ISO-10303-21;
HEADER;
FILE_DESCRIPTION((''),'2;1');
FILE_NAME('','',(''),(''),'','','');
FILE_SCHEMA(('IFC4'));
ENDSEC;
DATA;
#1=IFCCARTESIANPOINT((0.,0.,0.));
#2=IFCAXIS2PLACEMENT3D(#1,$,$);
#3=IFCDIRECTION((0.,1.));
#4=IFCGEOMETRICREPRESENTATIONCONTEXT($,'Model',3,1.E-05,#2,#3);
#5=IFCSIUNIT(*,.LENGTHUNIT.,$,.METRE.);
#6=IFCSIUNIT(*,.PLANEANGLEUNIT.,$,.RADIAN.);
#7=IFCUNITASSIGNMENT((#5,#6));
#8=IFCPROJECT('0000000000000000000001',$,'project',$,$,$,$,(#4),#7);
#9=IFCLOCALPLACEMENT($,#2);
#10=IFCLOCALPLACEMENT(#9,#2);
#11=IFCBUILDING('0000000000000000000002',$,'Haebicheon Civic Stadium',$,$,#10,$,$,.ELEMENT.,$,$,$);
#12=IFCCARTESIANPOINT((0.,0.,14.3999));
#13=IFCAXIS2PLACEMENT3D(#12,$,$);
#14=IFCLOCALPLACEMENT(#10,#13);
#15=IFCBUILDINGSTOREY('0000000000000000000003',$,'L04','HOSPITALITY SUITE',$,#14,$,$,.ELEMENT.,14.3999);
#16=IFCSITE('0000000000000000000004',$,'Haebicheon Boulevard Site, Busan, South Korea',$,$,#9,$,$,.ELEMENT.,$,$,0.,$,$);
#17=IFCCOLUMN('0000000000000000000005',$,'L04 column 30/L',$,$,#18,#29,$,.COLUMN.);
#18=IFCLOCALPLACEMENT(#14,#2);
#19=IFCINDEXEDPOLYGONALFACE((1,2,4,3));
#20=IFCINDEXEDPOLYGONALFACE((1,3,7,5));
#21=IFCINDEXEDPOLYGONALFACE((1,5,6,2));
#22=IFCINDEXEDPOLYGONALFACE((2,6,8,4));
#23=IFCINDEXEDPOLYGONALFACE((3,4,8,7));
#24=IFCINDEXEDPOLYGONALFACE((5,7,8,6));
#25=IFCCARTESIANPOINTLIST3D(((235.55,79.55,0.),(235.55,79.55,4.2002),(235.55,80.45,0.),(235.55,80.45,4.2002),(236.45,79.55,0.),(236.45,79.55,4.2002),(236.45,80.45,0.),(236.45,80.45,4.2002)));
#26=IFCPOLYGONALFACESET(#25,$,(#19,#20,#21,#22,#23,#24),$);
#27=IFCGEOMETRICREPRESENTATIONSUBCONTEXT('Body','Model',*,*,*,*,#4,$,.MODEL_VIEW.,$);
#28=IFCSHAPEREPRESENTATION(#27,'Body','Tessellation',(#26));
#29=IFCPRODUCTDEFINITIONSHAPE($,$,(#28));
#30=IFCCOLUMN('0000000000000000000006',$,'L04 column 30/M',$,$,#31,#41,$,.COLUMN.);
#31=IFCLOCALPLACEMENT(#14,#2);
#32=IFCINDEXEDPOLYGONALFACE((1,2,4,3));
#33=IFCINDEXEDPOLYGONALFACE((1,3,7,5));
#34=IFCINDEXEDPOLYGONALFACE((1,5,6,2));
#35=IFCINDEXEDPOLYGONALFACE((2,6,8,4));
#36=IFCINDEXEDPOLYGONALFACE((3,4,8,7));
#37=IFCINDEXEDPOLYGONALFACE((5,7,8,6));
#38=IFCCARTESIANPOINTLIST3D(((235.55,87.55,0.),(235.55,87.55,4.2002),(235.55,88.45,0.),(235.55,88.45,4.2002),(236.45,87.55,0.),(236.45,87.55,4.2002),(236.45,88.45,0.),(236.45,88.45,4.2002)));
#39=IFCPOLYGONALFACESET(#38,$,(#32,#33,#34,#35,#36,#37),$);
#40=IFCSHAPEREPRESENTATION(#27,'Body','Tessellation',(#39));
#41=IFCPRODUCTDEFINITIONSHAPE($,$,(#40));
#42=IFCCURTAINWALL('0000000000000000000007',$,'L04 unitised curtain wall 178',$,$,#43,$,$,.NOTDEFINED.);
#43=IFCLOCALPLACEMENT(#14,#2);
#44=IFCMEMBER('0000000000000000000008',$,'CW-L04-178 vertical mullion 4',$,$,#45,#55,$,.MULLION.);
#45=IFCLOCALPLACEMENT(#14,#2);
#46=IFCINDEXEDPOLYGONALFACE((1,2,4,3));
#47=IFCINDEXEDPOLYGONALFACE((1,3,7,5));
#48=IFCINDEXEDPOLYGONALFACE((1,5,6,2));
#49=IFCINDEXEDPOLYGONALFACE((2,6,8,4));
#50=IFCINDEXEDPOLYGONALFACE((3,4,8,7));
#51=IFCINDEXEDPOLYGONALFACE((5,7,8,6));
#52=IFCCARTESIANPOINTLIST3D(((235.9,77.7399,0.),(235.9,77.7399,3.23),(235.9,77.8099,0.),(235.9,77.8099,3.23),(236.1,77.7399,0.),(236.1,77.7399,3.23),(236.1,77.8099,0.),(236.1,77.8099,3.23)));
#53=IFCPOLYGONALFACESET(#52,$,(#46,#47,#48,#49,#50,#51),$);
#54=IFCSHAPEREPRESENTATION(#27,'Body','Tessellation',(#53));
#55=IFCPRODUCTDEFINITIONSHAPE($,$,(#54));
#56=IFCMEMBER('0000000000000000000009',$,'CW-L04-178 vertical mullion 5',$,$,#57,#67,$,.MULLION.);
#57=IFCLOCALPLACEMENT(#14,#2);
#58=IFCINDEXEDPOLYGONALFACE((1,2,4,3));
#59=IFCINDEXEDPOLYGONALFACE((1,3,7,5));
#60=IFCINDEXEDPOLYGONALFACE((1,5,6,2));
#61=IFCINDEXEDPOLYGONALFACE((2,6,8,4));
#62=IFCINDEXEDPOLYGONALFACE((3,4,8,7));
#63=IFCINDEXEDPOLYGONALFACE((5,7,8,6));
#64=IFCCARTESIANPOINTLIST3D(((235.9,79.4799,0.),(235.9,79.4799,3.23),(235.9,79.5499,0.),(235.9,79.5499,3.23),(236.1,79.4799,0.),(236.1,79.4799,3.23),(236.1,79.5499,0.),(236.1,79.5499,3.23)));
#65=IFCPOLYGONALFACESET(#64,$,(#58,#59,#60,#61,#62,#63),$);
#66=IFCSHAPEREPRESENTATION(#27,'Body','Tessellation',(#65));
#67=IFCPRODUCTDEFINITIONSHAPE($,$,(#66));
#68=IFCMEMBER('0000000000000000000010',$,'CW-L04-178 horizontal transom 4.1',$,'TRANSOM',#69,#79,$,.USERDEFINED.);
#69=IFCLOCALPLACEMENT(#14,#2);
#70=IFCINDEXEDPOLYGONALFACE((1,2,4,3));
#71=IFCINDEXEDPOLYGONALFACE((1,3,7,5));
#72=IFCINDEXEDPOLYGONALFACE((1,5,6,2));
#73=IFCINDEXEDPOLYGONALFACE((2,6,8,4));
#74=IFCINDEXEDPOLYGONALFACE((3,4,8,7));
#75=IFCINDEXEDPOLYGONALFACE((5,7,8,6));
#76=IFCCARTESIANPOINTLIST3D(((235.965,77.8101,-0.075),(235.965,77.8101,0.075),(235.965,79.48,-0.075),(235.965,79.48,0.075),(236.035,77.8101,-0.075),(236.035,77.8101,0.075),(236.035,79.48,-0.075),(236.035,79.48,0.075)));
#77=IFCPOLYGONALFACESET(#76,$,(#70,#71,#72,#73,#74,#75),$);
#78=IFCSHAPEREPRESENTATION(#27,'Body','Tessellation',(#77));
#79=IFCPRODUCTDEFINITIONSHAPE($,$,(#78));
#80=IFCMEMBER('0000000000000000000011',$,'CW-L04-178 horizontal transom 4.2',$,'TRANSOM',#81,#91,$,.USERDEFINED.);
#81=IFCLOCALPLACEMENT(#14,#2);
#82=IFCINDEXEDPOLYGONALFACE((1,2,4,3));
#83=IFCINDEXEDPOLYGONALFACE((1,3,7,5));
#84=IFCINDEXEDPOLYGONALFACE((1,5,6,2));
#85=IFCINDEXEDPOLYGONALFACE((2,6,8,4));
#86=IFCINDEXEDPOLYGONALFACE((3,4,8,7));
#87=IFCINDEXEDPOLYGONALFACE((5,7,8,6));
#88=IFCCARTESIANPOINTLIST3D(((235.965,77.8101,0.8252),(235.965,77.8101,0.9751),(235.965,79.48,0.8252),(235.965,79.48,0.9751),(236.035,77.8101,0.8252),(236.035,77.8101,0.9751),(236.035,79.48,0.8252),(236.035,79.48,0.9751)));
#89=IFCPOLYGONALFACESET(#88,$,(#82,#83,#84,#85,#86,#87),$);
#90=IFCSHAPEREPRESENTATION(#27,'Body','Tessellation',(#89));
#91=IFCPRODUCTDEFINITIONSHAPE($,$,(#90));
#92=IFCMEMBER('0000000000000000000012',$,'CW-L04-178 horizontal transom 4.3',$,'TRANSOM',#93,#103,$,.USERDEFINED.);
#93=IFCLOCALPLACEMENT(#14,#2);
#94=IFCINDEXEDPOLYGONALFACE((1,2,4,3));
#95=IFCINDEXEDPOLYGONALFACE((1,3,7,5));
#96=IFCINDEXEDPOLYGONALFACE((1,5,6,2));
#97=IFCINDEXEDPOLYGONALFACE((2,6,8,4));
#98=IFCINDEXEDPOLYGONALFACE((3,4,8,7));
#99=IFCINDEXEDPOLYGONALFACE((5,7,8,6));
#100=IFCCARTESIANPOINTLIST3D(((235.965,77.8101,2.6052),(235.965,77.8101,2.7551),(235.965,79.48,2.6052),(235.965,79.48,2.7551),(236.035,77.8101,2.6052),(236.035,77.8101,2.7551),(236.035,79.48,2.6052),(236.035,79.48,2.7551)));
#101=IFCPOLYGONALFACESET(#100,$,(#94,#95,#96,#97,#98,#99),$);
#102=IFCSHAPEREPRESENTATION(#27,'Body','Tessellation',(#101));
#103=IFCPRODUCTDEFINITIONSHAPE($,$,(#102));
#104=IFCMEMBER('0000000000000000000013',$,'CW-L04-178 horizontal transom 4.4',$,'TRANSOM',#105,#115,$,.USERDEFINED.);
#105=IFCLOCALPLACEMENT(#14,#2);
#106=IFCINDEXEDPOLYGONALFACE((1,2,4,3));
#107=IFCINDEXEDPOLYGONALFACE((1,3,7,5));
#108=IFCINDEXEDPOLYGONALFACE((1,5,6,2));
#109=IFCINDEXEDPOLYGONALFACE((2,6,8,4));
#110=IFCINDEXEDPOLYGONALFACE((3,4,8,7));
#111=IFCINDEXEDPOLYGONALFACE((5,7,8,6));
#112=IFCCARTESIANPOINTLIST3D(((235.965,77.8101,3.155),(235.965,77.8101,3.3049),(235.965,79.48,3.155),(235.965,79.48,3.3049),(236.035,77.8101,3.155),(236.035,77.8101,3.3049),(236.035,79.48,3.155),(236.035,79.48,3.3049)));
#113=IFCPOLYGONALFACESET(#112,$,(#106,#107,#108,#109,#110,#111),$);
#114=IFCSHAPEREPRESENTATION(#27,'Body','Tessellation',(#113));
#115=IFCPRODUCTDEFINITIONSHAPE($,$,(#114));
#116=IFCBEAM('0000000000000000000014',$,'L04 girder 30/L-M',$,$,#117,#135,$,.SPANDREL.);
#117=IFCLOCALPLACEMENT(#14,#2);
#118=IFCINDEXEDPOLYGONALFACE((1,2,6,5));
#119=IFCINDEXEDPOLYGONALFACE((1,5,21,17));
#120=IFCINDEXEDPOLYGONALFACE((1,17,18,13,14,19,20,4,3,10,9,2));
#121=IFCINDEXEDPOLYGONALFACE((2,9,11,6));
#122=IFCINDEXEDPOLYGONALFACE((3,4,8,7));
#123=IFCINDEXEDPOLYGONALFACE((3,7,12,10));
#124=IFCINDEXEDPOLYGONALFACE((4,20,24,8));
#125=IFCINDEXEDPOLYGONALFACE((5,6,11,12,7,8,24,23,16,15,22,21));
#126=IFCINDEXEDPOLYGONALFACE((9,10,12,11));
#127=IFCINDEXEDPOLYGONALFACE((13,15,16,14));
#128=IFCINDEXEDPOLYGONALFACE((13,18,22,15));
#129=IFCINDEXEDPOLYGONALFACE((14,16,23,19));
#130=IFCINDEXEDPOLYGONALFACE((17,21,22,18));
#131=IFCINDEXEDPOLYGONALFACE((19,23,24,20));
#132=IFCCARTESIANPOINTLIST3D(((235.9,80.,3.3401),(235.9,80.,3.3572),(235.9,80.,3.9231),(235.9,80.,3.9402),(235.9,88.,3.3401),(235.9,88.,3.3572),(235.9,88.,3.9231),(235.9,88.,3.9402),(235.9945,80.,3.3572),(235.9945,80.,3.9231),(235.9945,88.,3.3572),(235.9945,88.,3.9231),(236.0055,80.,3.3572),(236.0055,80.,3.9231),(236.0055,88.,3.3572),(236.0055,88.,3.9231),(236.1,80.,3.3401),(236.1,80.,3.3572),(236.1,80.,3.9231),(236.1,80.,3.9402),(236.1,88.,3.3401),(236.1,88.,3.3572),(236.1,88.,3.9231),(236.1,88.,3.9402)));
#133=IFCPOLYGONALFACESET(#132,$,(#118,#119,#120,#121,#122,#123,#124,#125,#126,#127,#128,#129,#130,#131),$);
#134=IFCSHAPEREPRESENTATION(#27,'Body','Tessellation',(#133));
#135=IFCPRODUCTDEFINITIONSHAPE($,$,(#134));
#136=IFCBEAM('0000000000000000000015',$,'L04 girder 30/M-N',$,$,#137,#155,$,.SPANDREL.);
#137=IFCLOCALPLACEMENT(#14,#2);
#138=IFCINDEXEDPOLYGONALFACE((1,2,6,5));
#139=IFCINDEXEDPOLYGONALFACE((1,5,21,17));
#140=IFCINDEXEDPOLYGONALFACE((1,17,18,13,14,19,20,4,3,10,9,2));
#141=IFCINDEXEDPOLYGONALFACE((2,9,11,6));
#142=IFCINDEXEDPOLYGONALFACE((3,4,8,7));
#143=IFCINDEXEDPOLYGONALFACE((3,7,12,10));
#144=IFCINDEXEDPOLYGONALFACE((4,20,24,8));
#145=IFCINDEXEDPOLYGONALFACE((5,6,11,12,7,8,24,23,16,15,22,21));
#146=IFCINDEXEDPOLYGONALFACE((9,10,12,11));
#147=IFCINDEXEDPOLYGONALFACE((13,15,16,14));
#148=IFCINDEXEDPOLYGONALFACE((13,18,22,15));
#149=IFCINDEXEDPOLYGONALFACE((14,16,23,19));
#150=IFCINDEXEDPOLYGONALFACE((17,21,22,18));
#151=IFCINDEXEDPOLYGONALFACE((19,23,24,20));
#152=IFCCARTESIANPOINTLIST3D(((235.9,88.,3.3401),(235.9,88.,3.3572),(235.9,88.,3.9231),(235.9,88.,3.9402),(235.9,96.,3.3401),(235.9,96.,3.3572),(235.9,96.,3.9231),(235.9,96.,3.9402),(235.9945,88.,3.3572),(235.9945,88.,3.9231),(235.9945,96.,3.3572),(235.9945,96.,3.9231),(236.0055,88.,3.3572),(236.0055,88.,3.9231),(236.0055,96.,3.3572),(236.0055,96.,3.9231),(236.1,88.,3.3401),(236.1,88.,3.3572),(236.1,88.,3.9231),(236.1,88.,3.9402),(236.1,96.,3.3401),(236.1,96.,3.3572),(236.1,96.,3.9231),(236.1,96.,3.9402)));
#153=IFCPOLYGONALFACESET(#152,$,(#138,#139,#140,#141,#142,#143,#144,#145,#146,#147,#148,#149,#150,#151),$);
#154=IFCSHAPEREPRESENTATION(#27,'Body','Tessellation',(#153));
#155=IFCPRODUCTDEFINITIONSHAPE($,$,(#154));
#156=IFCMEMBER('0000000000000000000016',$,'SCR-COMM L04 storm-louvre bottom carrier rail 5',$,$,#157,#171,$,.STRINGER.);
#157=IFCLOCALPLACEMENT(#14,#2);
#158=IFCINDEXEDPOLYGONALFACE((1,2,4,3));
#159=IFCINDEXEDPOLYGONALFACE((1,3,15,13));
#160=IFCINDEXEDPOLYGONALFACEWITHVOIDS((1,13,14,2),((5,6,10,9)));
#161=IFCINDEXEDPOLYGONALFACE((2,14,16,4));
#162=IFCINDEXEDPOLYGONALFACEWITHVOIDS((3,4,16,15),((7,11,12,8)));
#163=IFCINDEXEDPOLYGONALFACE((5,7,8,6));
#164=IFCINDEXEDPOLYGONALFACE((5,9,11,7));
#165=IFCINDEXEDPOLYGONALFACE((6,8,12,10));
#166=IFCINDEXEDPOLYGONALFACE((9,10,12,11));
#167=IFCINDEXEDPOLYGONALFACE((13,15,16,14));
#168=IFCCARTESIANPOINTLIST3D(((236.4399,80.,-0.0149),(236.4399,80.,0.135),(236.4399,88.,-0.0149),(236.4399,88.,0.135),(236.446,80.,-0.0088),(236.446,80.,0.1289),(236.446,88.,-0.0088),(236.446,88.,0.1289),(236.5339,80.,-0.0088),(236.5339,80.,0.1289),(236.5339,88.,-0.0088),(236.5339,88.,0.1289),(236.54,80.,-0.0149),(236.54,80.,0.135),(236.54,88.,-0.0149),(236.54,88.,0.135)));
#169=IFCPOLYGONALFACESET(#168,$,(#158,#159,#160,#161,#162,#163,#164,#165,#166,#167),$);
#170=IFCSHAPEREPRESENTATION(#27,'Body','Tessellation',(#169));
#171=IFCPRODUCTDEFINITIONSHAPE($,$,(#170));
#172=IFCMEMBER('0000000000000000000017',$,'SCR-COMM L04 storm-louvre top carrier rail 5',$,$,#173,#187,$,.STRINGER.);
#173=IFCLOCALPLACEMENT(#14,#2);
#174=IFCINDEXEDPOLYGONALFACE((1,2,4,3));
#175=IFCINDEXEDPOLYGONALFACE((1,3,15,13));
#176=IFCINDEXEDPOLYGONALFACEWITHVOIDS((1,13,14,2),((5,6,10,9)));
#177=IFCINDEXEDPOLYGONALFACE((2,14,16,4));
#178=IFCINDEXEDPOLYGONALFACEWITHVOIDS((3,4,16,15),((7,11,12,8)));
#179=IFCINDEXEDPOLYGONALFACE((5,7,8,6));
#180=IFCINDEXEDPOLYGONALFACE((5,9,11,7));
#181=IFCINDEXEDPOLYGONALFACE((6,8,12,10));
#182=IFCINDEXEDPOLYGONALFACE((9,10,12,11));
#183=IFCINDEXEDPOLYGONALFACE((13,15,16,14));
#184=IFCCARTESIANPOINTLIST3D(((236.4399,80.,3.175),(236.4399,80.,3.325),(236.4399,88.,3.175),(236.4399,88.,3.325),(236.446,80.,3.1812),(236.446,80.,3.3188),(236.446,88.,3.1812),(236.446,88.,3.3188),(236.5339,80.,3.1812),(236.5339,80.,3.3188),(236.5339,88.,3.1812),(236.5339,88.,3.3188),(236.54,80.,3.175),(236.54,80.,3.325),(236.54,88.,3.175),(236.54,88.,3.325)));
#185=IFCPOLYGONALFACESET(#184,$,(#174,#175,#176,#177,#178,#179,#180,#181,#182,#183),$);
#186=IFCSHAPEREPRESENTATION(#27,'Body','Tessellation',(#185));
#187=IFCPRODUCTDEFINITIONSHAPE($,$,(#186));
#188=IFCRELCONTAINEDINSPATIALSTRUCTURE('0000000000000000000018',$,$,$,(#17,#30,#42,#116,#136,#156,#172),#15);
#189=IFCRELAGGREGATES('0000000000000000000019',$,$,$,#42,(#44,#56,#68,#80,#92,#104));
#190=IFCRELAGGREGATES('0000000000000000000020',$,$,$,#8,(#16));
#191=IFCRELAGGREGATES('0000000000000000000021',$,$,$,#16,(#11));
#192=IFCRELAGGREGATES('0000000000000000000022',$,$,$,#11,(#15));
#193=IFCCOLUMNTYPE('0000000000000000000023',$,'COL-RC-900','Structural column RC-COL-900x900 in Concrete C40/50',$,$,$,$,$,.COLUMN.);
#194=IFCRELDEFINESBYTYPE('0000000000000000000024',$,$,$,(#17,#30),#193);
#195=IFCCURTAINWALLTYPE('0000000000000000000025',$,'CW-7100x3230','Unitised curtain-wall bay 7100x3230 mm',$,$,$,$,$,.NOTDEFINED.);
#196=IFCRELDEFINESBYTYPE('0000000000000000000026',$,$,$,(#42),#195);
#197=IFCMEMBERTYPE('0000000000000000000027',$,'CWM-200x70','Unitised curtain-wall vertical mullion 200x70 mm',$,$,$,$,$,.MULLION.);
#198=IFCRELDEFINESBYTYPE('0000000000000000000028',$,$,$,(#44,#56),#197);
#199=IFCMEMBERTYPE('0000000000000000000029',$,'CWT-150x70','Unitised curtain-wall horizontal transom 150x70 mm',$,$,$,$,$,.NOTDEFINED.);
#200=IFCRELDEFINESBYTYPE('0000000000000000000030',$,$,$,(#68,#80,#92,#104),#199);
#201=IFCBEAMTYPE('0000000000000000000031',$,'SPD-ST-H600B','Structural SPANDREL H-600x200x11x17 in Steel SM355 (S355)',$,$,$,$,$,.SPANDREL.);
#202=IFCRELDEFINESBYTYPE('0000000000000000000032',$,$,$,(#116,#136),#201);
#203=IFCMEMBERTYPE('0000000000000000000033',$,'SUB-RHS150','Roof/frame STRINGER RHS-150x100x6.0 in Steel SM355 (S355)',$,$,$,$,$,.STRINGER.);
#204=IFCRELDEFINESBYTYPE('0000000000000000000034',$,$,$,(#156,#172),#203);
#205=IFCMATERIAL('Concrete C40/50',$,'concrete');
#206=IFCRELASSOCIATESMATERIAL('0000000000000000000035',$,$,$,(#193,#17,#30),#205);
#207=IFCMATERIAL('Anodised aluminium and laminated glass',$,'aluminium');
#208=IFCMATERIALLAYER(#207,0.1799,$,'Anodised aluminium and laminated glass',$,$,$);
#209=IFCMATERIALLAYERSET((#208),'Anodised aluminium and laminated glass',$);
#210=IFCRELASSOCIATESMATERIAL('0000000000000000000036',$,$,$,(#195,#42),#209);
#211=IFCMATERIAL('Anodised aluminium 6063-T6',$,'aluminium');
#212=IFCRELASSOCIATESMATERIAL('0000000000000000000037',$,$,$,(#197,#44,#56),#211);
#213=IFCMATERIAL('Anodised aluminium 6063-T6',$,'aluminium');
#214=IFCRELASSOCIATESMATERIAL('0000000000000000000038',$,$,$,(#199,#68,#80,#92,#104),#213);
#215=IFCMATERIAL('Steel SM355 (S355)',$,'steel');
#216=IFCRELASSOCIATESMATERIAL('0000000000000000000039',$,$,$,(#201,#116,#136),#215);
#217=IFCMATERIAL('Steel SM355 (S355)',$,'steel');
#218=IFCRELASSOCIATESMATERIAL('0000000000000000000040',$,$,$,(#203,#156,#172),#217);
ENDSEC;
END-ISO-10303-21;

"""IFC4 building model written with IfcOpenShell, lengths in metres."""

from ifc_helpers import new_model, si_unit, direction, frame, origin, origin_2d, place, context, subcontext, project, spatial, rectangle, hollow_rectangle, i_section, extrude, material, layer, layer_set, material_profile, profile_set, type_object, element, aggregate, save


model = new_model("IFC4")

# Units and contexts
model_context = context("Model", 3, precision=1e-05, world=origin(), true_north=direction((0.0, 1.0)))
body_context = subcontext(model_context, "Body", "Model", "MODEL_VIEW")
ifc_project = project(units=[si_unit("LENGTHUNIT", "METRE"), si_unit("PLANEANGLEUNIT", "RADIAN")], contexts=[model_context])

# Site, building, storey
site_placement = place(None, origin())
site = spatial("IfcSite", under=ifc_project, at=site_placement, Name="Haebicheon Boulevard Site, Busan, South Korea", CompositionType="ELEMENT", RefElevation=0.0)
building_placement = place(site_placement, origin())
building = spatial("IfcBuilding", under=site, at=building_placement, Name="Haebicheon Civic Stadium", CompositionType="ELEMENT")
storey_placement = place(building_placement, frame((0.0, 0.0, 14.3999)))
storey = spatial("IfcBuildingStorey", under=building, at=storey_placement, Name="L04", Description="HOSPITALITY SUITE", CompositionType="ELEMENT", Elevation=14.3999)

# Columns
ifc_material_1 = material(Name="Concrete C40/50", Category="concrete")
ifc_material_profile_1 = material_profile(ifc_material_1, rectangle(XDim=0.8999, YDim=0.8999, at=origin_2d()), Name="RC-COL-900x900")
ifc_profile_set_1 = profile_set([ifc_material_profile_1], Name="Concrete C40/50")
column_type = type_object("IfcColumnType", Name="COL-RC-900", Description="Structural column RC-COL-900x900 in Concrete C40/50", PredefinedType="COLUMN", material=ifc_profile_set_1)
for number, where, z_axis, x_axis, name in (
    (1, (236.0, 80.0, 0.0), (0.0, 0.0, 1.0), (1.0, 0.0, 0.0), "L04 column 30/L"),
    (2, (236.0, 88.0, 0.0), (0.0, 0.0, 1.0), (1.0, 0.0, 0.0), "L04 column 30/M"),
):
    element("IfcColumn", number, at=place(storey_placement, frame(where, z_axis=z_axis, x_axis=x_axis)), inside=storey, type_object=column_type, material=ifc_profile_set_1, Name=name, PredefinedType="COLUMN", context=body_context, shape_type="SweptSolid", body=[
        extrude(rectangle(XDim=0.8999, YDim=0.8999, at=origin_2d()), origin(), (0.0, 0.0, 1.0), 4.2002),
    ])

# Curtain wall, members
ifc_material_2 = material(Name="Anodised aluminium and laminated glass", Category="aluminium")
ifc_layer_1 = layer(ifc_material_2, 0.1799, Name="Anodised aluminium and laminated glass")
ifc_layer_set_1 = layer_set([ifc_layer_1], Name="Anodised aluminium and laminated glass")
curtain_wall_type = type_object("IfcCurtainWallType", Name="CW-7100x3230", Description="Unitised curtain-wall bay 7100x3230 mm", PredefinedType="NOTDEFINED", material=ifc_layer_set_1)
curtain_wall_placement = place(storey_placement, origin())
curtain_wall = element("IfcCurtainWall", 3, at=curtain_wall_placement, inside=storey, type_object=curtain_wall_type, material=ifc_layer_set_1, Name="L04 unitised curtain wall 178", PredefinedType="NOTDEFINED")
ifc_material_3 = material(Name="Anodised aluminium 6063-T6", Category="aluminium")
ifc_material_profile_2 = material_profile(ifc_material_3, rectangle(XDim=0.0701, YDim=0.2, at=origin_2d()), Name="ALU-MULL-70x200")
ifc_profile_set_2 = profile_set([ifc_material_profile_2], Name="Anodised aluminium 6063-T6")
member_type_1 = type_object("IfcMemberType", Name="CWM-200x70", Description="Unitised curtain-wall vertical mullion 200x70 mm", PredefinedType="MULLION", material=ifc_profile_set_2)
member_1_placement = place(storey_placement, frame((236.0, 77.7749, 0.0), z_axis=(0.0, 0.0, 1.0), x_axis=(0.0, 1.0, 0.0)))
member_1 = element("IfcMember", 4, at=member_1_placement, type_object=member_type_1, material=ifc_profile_set_2, Name="CW-L04-178 vertical mullion 4", PredefinedType="MULLION", context=body_context, shape_type="SweptSolid", body=[
    extrude(rectangle(XDim=0.0701, YDim=0.2, at=origin_2d()), origin(), (0.0, 0.0, 1.0), 3.23),
])
member_2_placement = place(storey_placement, frame((236.0, 79.5149, 0.0), z_axis=(0.0, 0.0, 1.0), x_axis=(0.0, 1.0, 0.0)))
member_2 = element("IfcMember", 5, at=member_2_placement, type_object=member_type_1, material=ifc_profile_set_2, Name="CW-L04-178 vertical mullion 5", PredefinedType="MULLION", context=body_context, shape_type="SweptSolid", body=[
    extrude(rectangle(XDim=0.0701, YDim=0.2, at=origin_2d()), origin(), (0.0, 0.0, 1.0), 3.23),
])
ifc_material_4 = material(Name="Anodised aluminium 6063-T6", Category="aluminium")
ifc_material_profile_3 = material_profile(ifc_material_4, rectangle(XDim=0.0701, YDim=0.1499, at=origin_2d()), Name="ALU-TRAN-70x150")
ifc_profile_set_3 = profile_set([ifc_material_profile_3], Name="Anodised aluminium 6063-T6")
member_type_2 = type_object("IfcMemberType", Name="CWT-150x70", Description="Unitised curtain-wall horizontal transom 150x70 mm", PredefinedType="NOTDEFINED", material=ifc_profile_set_3)
member_3_placement = place(storey_placement, frame((236.0, 77.8101, 0.0), z_axis=(0.0, 1.0, 0.0), x_axis=(-1.0, 0.0, 0.0)))
member_3 = element("IfcMember", 6, at=member_3_placement, type_object=member_type_2, material=ifc_profile_set_3, Name="CW-L04-178 horizontal transom 4.1", ObjectType="TRANSOM", PredefinedType="USERDEFINED", context=body_context, shape_type="SweptSolid", body=[
    extrude(rectangle(XDim=0.0701, YDim=0.1499, at=origin_2d()), origin(), (0.0, 0.0, 1.0), 1.6699),
])
member_4_placement = place(storey_placement, frame((236.0, 77.8101, 0.9001), z_axis=(0.0, 1.0, 0.0), x_axis=(-1.0, 0.0, 0.0)))
member_4 = element("IfcMember", 7, at=member_4_placement, type_object=member_type_2, material=ifc_profile_set_3, Name="CW-L04-178 horizontal transom 4.2", ObjectType="TRANSOM", PredefinedType="USERDEFINED", context=body_context, shape_type="SweptSolid", body=[
    extrude(rectangle(XDim=0.0701, YDim=0.1499, at=origin_2d()), origin(), (0.0, 0.0, 1.0), 1.6699),
])
member_5_placement = place(storey_placement, frame((236.0, 77.8101, 2.6802), z_axis=(0.0, 1.0, 0.0), x_axis=(-1.0, 0.0, 0.0)))
member_5 = element("IfcMember", 8, at=member_5_placement, type_object=member_type_2, material=ifc_profile_set_3, Name="CW-L04-178 horizontal transom 4.3", ObjectType="TRANSOM", PredefinedType="USERDEFINED", context=body_context, shape_type="SweptSolid", body=[
    extrude(rectangle(XDim=0.0701, YDim=0.1499, at=origin_2d()), origin(), (0.0, 0.0, 1.0), 1.6699),
])
member_6_placement = place(storey_placement, frame((236.0, 77.8101, 3.23), z_axis=(0.0, 1.0, 0.0), x_axis=(-1.0, 0.0, 0.0)))
member_6 = element("IfcMember", 9, at=member_6_placement, type_object=member_type_2, material=ifc_profile_set_3, Name="CW-L04-178 horizontal transom 4.4", ObjectType="TRANSOM", PredefinedType="USERDEFINED", context=body_context, shape_type="SweptSolid", body=[
    extrude(rectangle(XDim=0.0701, YDim=0.1499, at=origin_2d()), origin(), (0.0, 0.0, 1.0), 1.6699),
])

# Beams
ifc_material_5 = material(Name="Steel SM355 (S355)", Category="steel")
ifc_material_profile_4 = material_profile(ifc_material_5, i_section(OverallWidth=0.2, OverallDepth=0.6001, WebThickness=0.011, FlangeThickness=0.0171, at=origin_2d()), Name="H-600x200x11x17")
ifc_profile_set_4 = profile_set([ifc_material_profile_4], Name="Steel SM355 (S355)")
beam_type = type_object("IfcBeamType", Name="SPD-ST-H600B", Description="Structural SPANDREL H-600x200x11x17 in Steel SM355 (S355)", PredefinedType="SPANDREL", material=ifc_profile_set_4)
for number, where, z_axis, x_axis, name in (
    (10, (236.0, 80.0, 3.6401), (0.0, 1.0, 0.0), (-1.0, 0.0, 0.0), "L04 girder 30/L-M"),
    (11, (236.0, 88.0, 3.6401), (0.0, 1.0, 0.0), (-1.0, 0.0, 0.0), "L04 girder 30/M-N"),
):
    element("IfcBeam", number, at=place(storey_placement, frame(where, z_axis=z_axis, x_axis=x_axis)), inside=storey, type_object=beam_type, material=ifc_profile_set_4, Name=name, PredefinedType="SPANDREL", context=body_context, shape_type="SweptSolid", body=[
        extrude(i_section(OverallWidth=0.2, OverallDepth=0.6001, WebThickness=0.011, FlangeThickness=0.0171, at=origin_2d()), origin(), (0.0, 0.0, 1.0), 8.0),
    ])

# Members
ifc_material_6 = material(Name="Steel SM355 (S355)", Category="steel")
ifc_material_profile_5 = material_profile(ifc_material_6, hollow_rectangle(XDim=0.1001, YDim=0.1499, WallThickness=0.0061, at=origin_2d()), Name="RHS-150x100x6.0")
ifc_profile_set_5 = profile_set([ifc_material_profile_5], Name="Steel SM355 (S355)")
member_type_3 = type_object("IfcMemberType", Name="SUB-RHS150", Description="Roof/frame STRINGER RHS-150x100x6.0 in Steel SM355 (S355)", PredefinedType="STRINGER", material=ifc_profile_set_5)
for number, where, z_axis, x_axis, name in (
    (12, (236.49, 80.0, 0.0601), (0.0, 1.0, 0.0), (-1.0, 0.0, 0.0), "SCR-COMM L04 storm-louvre bottom carrier rail 5"),
    (13, (236.49, 80.0, 3.25), (0.0, 1.0, 0.0), (-1.0, 0.0, 0.0), "SCR-COMM L04 storm-louvre top carrier rail 5"),
):
    element("IfcMember", number, at=place(storey_placement, frame(where, z_axis=z_axis, x_axis=x_axis)), inside=storey, type_object=member_type_3, material=ifc_profile_set_5, Name=name, PredefinedType="STRINGER", context=body_context, shape_type="SweptSolid", body=[
        extrude(hollow_rectangle(XDim=0.1001, YDim=0.1499, WallThickness=0.0061, at=origin_2d()), origin(), (0.0, 0.0, 1.0), 8.0),
    ])

aggregate(curtain_wall, [member_1, member_2, member_3, member_4, member_5, member_6])

save(model, "model.ifc")
